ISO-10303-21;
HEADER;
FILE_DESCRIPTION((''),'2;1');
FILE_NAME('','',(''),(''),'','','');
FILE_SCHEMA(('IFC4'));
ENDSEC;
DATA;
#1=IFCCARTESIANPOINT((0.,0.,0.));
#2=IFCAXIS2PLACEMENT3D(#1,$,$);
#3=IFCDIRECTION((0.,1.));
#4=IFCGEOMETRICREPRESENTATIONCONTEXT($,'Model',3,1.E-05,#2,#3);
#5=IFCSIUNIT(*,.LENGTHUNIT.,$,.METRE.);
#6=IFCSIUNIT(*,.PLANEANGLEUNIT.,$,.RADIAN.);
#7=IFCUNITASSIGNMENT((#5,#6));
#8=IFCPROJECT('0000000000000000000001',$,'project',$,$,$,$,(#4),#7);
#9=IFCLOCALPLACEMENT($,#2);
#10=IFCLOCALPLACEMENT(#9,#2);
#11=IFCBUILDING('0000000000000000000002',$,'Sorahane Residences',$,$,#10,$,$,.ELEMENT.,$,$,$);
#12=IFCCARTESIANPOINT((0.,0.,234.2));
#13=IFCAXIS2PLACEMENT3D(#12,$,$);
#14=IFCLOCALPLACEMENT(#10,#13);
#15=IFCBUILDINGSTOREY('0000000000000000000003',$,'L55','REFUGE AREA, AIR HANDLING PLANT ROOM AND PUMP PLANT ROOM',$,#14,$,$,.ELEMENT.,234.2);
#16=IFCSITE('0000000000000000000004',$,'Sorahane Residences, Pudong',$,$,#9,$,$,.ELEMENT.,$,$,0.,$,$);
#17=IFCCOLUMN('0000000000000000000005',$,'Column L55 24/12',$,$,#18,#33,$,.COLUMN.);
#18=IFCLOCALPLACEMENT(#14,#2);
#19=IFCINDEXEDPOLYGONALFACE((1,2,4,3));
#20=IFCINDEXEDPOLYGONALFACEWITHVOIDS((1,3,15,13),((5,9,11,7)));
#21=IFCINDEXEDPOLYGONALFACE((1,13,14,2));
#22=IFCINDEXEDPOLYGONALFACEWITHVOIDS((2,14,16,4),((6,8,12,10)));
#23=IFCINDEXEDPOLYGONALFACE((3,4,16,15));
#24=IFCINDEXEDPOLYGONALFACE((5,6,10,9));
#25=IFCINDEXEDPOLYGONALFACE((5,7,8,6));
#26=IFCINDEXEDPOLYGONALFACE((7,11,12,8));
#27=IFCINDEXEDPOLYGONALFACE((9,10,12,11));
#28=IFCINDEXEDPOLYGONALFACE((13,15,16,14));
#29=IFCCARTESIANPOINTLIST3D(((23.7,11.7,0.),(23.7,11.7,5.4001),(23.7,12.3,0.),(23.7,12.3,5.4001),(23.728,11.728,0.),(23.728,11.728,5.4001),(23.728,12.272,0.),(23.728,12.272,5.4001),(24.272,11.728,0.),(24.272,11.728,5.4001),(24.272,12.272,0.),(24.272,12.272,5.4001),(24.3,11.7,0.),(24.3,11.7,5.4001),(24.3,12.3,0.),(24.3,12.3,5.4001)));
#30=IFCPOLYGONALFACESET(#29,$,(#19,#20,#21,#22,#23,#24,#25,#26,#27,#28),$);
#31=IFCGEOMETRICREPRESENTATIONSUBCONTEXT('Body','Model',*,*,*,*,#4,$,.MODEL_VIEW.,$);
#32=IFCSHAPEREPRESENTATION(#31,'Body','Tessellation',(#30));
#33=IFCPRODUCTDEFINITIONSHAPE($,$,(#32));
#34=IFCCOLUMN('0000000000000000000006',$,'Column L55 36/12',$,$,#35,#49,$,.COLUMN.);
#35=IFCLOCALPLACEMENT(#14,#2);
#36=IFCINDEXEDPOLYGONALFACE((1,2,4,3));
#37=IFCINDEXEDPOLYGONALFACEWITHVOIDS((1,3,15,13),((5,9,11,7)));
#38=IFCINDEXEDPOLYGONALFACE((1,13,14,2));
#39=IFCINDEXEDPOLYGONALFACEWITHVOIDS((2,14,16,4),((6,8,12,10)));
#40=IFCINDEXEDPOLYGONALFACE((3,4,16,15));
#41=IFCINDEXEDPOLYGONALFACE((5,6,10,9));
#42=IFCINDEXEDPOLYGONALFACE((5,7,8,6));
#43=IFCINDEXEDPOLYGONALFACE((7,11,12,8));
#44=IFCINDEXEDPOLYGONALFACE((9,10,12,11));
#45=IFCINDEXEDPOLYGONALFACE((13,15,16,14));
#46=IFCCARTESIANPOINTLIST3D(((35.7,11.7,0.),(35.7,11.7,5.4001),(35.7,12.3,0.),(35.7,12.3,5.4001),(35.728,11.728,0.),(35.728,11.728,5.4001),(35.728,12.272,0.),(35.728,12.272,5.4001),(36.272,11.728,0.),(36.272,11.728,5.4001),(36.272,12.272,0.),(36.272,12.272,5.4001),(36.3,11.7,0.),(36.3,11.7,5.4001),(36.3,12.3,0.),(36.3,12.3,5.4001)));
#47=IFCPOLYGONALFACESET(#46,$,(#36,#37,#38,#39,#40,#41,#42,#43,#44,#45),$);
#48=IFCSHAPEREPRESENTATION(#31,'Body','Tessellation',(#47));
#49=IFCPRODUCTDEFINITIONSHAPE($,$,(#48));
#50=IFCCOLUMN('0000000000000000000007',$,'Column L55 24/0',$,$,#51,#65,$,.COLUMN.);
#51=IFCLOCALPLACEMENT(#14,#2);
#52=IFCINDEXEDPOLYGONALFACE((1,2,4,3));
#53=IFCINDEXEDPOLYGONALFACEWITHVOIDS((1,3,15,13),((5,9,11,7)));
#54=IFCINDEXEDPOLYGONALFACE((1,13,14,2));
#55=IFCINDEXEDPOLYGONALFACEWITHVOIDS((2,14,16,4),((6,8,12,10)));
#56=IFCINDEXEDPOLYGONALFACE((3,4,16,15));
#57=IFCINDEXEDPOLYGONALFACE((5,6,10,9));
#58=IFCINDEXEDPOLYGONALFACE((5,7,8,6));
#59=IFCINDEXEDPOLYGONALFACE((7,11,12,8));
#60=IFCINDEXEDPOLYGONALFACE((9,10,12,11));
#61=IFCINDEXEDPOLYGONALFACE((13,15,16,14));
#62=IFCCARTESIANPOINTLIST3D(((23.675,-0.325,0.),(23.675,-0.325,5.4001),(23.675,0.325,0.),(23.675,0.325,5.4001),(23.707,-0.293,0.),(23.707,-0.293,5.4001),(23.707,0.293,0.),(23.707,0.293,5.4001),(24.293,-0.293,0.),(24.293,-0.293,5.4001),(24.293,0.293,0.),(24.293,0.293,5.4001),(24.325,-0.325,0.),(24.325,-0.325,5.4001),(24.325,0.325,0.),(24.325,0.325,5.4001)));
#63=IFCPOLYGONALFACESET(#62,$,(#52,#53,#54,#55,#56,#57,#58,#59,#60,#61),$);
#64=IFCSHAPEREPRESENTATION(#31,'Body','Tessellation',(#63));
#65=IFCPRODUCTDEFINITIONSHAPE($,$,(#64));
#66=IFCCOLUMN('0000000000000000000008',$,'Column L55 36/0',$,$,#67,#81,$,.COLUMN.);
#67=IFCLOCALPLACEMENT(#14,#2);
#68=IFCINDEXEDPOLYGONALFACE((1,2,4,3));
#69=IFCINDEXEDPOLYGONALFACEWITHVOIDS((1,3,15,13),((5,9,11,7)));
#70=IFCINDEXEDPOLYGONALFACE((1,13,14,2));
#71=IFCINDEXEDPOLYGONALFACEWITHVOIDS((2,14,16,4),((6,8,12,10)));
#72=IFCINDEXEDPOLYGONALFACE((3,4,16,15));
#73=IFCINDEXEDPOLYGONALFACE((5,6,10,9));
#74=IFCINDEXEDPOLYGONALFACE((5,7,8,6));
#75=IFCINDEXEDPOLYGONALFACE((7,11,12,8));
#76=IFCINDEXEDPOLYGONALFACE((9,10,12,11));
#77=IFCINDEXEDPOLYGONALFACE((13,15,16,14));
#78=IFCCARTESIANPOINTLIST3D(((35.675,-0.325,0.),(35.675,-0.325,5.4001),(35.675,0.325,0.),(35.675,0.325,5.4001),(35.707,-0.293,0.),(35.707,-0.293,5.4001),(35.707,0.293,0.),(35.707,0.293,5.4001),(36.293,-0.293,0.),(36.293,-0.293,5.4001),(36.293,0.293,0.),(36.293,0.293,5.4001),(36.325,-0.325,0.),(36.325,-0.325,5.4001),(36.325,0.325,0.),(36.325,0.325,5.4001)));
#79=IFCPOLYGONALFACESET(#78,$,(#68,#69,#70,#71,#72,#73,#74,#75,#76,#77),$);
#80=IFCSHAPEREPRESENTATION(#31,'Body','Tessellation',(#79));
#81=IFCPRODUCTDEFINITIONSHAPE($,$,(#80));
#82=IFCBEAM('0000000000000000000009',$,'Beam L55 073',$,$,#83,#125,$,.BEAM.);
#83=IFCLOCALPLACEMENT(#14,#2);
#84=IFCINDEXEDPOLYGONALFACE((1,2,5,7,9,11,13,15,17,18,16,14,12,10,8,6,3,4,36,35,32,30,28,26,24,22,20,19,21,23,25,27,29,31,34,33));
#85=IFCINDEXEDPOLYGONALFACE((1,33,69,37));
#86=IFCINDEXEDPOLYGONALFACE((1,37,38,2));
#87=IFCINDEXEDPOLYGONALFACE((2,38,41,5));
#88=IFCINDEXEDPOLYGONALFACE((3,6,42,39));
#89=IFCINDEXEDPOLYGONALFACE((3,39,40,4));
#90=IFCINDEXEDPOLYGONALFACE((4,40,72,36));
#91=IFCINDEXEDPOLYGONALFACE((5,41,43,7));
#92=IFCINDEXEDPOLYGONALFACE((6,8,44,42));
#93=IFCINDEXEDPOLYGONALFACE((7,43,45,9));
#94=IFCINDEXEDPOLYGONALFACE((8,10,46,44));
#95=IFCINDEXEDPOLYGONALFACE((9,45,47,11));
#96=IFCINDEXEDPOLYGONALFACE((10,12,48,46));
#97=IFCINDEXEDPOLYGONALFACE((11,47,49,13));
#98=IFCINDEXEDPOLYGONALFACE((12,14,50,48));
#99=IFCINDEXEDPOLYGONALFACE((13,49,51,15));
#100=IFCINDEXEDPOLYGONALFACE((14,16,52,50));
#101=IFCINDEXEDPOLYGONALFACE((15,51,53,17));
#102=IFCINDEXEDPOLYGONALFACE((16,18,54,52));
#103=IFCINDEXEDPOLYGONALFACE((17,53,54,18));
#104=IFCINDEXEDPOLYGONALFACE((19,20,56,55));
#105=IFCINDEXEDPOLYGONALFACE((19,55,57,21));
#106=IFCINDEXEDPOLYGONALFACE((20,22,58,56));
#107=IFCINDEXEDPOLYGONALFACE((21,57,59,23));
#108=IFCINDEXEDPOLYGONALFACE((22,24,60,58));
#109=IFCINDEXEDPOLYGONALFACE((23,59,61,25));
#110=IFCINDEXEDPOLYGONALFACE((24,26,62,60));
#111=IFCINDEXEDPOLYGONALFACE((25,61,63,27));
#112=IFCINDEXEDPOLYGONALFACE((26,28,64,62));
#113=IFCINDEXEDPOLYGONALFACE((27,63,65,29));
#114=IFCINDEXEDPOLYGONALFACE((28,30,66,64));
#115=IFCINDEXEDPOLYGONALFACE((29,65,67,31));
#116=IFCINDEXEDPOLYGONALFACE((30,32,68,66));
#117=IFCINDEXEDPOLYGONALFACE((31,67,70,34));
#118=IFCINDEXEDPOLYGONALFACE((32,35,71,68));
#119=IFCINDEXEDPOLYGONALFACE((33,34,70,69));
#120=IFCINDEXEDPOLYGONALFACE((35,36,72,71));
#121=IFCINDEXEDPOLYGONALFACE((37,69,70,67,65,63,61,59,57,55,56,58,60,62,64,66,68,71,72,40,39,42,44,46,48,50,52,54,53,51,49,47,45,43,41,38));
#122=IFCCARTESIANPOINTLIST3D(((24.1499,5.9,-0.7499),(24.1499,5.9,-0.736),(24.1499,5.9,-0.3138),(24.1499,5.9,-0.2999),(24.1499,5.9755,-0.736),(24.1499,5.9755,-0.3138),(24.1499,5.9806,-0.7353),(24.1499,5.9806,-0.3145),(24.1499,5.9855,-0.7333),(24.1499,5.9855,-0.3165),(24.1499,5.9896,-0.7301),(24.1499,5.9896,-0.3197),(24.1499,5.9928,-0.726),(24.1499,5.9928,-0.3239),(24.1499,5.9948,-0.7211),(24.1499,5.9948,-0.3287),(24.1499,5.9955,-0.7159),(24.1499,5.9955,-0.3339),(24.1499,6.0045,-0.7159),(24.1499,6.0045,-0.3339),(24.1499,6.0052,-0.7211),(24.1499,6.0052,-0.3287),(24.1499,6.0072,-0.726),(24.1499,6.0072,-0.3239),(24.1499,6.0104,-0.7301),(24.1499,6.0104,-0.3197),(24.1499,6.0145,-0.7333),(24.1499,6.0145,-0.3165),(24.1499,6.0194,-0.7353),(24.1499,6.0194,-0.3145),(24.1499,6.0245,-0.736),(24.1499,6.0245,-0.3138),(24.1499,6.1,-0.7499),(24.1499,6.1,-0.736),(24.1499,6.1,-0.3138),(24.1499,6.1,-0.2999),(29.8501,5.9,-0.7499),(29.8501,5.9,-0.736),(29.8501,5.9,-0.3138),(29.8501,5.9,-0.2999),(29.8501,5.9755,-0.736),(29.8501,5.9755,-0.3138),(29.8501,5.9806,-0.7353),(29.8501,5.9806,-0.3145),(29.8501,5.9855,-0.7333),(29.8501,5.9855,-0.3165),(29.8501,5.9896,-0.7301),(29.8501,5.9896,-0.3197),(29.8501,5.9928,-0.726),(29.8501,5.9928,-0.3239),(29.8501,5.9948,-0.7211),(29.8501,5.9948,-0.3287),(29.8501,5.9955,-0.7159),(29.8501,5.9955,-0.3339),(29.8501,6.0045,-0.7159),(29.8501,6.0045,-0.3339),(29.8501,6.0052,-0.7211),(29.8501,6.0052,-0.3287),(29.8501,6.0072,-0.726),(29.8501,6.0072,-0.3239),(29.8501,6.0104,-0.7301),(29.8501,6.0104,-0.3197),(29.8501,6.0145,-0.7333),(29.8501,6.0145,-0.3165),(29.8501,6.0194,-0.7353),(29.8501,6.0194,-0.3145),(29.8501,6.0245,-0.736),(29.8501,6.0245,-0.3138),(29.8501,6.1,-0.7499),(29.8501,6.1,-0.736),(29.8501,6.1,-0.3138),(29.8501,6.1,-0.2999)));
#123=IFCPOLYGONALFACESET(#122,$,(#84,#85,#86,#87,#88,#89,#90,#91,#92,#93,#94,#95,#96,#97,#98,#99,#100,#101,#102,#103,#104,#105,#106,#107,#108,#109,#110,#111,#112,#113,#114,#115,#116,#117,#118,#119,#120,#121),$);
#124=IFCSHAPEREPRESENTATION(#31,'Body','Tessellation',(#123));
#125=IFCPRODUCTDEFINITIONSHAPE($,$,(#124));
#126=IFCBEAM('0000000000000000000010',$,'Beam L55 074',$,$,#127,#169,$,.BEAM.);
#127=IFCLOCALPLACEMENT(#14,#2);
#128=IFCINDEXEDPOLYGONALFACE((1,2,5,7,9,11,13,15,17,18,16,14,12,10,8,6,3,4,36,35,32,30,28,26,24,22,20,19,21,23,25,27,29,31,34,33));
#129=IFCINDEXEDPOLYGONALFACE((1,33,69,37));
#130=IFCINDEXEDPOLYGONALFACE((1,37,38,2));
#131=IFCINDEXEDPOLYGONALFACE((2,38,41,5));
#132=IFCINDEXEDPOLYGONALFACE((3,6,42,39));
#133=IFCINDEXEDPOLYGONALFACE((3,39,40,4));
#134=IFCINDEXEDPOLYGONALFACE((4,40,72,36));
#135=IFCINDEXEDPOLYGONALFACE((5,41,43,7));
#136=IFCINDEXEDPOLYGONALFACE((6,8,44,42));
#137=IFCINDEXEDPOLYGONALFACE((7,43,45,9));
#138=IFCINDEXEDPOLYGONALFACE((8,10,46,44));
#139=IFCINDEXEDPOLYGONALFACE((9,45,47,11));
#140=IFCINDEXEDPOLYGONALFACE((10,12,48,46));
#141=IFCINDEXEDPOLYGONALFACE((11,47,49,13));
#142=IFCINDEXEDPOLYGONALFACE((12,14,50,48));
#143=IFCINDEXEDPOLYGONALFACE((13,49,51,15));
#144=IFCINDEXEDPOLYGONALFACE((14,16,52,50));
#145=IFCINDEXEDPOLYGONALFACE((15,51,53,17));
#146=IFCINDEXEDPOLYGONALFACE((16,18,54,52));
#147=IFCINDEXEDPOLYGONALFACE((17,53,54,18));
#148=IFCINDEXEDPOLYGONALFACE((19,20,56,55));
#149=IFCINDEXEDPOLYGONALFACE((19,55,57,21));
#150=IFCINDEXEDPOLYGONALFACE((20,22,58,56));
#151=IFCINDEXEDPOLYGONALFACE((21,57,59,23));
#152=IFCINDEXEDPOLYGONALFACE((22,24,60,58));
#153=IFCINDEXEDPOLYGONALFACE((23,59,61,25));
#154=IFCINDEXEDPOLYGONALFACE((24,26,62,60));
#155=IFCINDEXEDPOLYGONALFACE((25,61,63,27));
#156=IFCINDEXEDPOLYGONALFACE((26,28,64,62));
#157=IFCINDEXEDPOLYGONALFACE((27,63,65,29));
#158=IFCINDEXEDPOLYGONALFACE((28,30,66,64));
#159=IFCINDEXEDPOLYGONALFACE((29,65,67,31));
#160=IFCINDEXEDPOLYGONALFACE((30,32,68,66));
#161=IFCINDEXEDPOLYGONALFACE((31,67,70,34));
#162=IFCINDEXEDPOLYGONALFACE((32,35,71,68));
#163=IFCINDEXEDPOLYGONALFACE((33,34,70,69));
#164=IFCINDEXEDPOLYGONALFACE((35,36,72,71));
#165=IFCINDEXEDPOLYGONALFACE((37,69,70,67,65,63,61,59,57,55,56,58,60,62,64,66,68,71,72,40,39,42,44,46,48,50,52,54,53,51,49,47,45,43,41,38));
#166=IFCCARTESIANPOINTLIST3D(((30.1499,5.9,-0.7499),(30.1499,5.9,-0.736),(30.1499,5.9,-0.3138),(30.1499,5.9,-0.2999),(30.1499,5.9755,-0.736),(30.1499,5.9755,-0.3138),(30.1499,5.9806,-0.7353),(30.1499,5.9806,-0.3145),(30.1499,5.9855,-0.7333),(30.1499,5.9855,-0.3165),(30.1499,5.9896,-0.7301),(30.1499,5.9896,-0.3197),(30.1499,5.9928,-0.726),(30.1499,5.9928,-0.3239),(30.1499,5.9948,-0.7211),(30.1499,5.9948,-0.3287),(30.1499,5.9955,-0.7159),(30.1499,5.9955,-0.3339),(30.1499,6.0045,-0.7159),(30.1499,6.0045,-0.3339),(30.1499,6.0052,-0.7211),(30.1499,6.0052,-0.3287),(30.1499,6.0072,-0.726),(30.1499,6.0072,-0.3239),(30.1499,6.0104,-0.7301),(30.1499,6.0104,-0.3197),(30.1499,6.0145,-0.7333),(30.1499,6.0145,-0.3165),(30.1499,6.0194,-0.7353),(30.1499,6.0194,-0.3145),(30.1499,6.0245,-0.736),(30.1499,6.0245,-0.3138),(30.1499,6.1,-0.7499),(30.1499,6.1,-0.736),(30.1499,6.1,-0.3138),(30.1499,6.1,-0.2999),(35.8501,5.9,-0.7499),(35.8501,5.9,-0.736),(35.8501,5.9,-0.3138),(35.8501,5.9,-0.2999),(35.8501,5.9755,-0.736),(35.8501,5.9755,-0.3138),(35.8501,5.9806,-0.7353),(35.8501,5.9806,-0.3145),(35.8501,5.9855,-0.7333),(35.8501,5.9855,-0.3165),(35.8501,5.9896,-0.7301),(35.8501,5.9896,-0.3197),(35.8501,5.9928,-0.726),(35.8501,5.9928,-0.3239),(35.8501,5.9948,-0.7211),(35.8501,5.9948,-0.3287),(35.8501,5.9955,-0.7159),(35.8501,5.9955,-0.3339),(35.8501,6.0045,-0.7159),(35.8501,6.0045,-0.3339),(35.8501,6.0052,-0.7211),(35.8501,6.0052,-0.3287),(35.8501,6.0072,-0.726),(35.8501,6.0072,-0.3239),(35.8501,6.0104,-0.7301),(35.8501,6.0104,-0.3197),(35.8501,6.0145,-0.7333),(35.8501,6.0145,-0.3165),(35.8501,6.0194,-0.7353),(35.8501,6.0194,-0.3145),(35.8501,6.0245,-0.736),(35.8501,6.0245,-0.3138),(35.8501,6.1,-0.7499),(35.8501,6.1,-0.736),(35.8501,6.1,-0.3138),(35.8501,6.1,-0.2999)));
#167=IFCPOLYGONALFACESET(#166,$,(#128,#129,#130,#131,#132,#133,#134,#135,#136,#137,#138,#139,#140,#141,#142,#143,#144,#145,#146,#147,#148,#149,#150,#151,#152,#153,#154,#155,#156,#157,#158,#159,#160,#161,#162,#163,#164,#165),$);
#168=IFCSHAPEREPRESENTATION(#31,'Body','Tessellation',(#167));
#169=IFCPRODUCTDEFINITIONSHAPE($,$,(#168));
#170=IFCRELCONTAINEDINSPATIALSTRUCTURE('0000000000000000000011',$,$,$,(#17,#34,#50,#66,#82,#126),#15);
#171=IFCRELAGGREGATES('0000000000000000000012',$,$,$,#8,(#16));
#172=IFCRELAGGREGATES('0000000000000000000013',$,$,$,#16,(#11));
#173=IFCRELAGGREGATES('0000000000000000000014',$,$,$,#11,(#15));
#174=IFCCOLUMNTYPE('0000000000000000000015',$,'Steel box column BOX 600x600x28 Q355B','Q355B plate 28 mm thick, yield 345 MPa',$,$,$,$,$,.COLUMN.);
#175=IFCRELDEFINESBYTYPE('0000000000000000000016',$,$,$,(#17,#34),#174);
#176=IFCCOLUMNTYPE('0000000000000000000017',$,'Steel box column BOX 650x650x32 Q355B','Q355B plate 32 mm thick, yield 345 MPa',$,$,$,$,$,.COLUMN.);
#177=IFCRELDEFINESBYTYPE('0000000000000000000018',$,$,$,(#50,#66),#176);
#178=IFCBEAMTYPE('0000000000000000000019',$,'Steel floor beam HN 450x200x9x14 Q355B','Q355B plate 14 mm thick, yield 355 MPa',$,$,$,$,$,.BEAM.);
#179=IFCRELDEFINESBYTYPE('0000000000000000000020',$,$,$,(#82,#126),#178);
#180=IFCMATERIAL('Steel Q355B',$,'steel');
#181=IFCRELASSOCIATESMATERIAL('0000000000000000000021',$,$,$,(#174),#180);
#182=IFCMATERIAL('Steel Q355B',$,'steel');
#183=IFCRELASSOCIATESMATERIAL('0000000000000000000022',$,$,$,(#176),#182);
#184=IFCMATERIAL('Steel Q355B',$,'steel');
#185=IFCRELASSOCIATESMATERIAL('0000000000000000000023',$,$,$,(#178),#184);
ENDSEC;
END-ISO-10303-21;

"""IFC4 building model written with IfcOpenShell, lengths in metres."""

from ifc_helpers import new_model, si_unit, direction, frame, origin, origin_2d, place, context, subcontext, project, spatial, hollow_rectangle, i_section, extrude, material, material_profile, profile_set, type_object, element, save


model = new_model("IFC4")

# Units and contexts
model_context = context("Model", 3, precision=1e-05, world=origin(), true_north=direction((0.0, 1.0)))
body_context = subcontext(model_context, "Body", "Model", "MODEL_VIEW")
ifc_project = project(units=[si_unit("LENGTHUNIT", "METRE"), si_unit("PLANEANGLEUNIT", "RADIAN")], contexts=[model_context])

# Site, building, storey
site_placement = place(None, origin())
site = spatial("IfcSite", under=ifc_project, at=site_placement, Name="Sorahane Residences, Pudong", CompositionType="ELEMENT", RefElevation=0.0)
building_placement = place(site_placement, origin())
building = spatial("IfcBuilding", under=site, at=building_placement, Name="Sorahane Residences", CompositionType="ELEMENT")
storey_placement = place(building_placement, frame((0.0, 0.0, 234.2)))
storey = spatial("IfcBuildingStorey", under=building, at=storey_placement, Name="L55", Description="REFUGE AREA, AIR HANDLING PLANT ROOM AND PUMP PLANT ROOM", CompositionType="ELEMENT", Elevation=234.2)

# Columns
ifc_material_1 = material(Name="Steel Q355B", Category="steel")
ifc_material_profile_1 = material_profile(ifc_material_1, hollow_rectangle(XDim=0.6001, YDim=0.6001, WallThickness=0.0281, at=origin_2d()), Name="BOX 600x600x28")
ifc_profile_set_1 = profile_set([ifc_material_profile_1], Name="Steel Q355B")
column_type_1 = type_object("IfcColumnType", Name="Steel box column BOX 600x600x28 Q355B", Description="Q355B plate 28 mm thick, yield 345 MPa", PredefinedType="COLUMN", material=ifc_profile_set_1)
for number, where, z_axis, x_axis, name in (
    (1, (24.0, 12.0, 0.0), (0.0, 0.0, 1.0), (1.0, 0.0, 0.0), "Column L55 24/12"),
    (2, (36.0, 12.0, 0.0), (0.0, 0.0, 1.0), (1.0, 0.0, 0.0), "Column L55 36/12"),
):
    element("IfcColumn", number, at=place(storey_placement, frame(where, z_axis=z_axis, x_axis=x_axis)), inside=storey, type_object=column_type_1, Name=name, PredefinedType="COLUMN", context=body_context, shape_type="SweptSolid", body=[
        extrude(hollow_rectangle(XDim=0.6001, YDim=0.6001, WallThickness=0.0281, at=origin_2d()), origin(), (0.0, 0.0, 1.0), 5.4001),
    ])
ifc_material_2 = material(Name="Steel Q355B", Category="steel")
ifc_material_profile_2 = material_profile(ifc_material_2, hollow_rectangle(XDim=0.6499, YDim=0.6499, WallThickness=0.032, at=origin_2d()), Name="BOX 650x650x32")
ifc_profile_set_2 = profile_set([ifc_material_profile_2], Name="Steel Q355B")
column_type_2 = type_object("IfcColumnType", Name="Steel box column BOX 650x650x32 Q355B", Description="Q355B plate 32 mm thick, yield 345 MPa", PredefinedType="COLUMN", material=ifc_profile_set_2)
for number, where, z_axis, x_axis, name in (
    (3, (24.0, 0.0, 0.0), (0.0, 0.0, 1.0), (1.0, 0.0, 0.0), "Column L55 24/0"),
    (4, (36.0, 0.0, 0.0), (0.0, 0.0, 1.0), (1.0, 0.0, 0.0), "Column L55 36/0"),
):
    element("IfcColumn", number, at=place(storey_placement, frame(where, z_axis=z_axis, x_axis=x_axis)), inside=storey, type_object=column_type_2, Name=name, PredefinedType="COLUMN", context=body_context, shape_type="SweptSolid", body=[
        extrude(hollow_rectangle(XDim=0.6499, YDim=0.6499, WallThickness=0.032, at=origin_2d()), origin(), (0.0, 0.0, 1.0), 5.4001),
    ])

# Beams
ifc_material_3 = material(Name="Steel Q355B", Category="steel")
ifc_material_profile_3 = material_profile(ifc_material_3, i_section(OverallWidth=0.2, OverallDepth=0.45, WebThickness=0.009, FlangeThickness=0.0139, FilletRadius=0.02, at=origin_2d()), Name="HN 450x200x9x14")
ifc_profile_set_3 = profile_set([ifc_material_profile_3], Name="Steel Q355B")
beam_type_1 = type_object("IfcBeamType", Name="Steel floor beam HN 450x200x9x14 Q355B", Description="Q355B plate 14 mm thick, yield 355 MPa", PredefinedType="BEAM", material=ifc_profile_set_3)
for number, where, z_axis, x_axis, name in (
    (5, (24.1499, 6.0, -0.5249), (1.0, 0.0, 0.0), (0.0, 1.0, 0.0), "Beam L55 073"),
    (6, (30.1499, 6.0, -0.5249), (1.0, 0.0, 0.0), (0.0, 1.0, 0.0), "Beam L55 074"),
):
    element("IfcBeam", number, at=place(storey_placement, frame(where, z_axis=z_axis, x_axis=x_axis)), inside=storey, type_object=beam_type_1, Name=name, PredefinedType="BEAM", context=body_context, shape_type="SweptSolid", body=[
        extrude(i_section(OverallWidth=0.2, OverallDepth=0.45, WebThickness=0.009, FlangeThickness=0.0139, FilletRadius=0.02, at=origin_2d()), origin(), (0.0, 0.0, 1.0), 5.7002),
    ])

save(model, "model.ifc")
